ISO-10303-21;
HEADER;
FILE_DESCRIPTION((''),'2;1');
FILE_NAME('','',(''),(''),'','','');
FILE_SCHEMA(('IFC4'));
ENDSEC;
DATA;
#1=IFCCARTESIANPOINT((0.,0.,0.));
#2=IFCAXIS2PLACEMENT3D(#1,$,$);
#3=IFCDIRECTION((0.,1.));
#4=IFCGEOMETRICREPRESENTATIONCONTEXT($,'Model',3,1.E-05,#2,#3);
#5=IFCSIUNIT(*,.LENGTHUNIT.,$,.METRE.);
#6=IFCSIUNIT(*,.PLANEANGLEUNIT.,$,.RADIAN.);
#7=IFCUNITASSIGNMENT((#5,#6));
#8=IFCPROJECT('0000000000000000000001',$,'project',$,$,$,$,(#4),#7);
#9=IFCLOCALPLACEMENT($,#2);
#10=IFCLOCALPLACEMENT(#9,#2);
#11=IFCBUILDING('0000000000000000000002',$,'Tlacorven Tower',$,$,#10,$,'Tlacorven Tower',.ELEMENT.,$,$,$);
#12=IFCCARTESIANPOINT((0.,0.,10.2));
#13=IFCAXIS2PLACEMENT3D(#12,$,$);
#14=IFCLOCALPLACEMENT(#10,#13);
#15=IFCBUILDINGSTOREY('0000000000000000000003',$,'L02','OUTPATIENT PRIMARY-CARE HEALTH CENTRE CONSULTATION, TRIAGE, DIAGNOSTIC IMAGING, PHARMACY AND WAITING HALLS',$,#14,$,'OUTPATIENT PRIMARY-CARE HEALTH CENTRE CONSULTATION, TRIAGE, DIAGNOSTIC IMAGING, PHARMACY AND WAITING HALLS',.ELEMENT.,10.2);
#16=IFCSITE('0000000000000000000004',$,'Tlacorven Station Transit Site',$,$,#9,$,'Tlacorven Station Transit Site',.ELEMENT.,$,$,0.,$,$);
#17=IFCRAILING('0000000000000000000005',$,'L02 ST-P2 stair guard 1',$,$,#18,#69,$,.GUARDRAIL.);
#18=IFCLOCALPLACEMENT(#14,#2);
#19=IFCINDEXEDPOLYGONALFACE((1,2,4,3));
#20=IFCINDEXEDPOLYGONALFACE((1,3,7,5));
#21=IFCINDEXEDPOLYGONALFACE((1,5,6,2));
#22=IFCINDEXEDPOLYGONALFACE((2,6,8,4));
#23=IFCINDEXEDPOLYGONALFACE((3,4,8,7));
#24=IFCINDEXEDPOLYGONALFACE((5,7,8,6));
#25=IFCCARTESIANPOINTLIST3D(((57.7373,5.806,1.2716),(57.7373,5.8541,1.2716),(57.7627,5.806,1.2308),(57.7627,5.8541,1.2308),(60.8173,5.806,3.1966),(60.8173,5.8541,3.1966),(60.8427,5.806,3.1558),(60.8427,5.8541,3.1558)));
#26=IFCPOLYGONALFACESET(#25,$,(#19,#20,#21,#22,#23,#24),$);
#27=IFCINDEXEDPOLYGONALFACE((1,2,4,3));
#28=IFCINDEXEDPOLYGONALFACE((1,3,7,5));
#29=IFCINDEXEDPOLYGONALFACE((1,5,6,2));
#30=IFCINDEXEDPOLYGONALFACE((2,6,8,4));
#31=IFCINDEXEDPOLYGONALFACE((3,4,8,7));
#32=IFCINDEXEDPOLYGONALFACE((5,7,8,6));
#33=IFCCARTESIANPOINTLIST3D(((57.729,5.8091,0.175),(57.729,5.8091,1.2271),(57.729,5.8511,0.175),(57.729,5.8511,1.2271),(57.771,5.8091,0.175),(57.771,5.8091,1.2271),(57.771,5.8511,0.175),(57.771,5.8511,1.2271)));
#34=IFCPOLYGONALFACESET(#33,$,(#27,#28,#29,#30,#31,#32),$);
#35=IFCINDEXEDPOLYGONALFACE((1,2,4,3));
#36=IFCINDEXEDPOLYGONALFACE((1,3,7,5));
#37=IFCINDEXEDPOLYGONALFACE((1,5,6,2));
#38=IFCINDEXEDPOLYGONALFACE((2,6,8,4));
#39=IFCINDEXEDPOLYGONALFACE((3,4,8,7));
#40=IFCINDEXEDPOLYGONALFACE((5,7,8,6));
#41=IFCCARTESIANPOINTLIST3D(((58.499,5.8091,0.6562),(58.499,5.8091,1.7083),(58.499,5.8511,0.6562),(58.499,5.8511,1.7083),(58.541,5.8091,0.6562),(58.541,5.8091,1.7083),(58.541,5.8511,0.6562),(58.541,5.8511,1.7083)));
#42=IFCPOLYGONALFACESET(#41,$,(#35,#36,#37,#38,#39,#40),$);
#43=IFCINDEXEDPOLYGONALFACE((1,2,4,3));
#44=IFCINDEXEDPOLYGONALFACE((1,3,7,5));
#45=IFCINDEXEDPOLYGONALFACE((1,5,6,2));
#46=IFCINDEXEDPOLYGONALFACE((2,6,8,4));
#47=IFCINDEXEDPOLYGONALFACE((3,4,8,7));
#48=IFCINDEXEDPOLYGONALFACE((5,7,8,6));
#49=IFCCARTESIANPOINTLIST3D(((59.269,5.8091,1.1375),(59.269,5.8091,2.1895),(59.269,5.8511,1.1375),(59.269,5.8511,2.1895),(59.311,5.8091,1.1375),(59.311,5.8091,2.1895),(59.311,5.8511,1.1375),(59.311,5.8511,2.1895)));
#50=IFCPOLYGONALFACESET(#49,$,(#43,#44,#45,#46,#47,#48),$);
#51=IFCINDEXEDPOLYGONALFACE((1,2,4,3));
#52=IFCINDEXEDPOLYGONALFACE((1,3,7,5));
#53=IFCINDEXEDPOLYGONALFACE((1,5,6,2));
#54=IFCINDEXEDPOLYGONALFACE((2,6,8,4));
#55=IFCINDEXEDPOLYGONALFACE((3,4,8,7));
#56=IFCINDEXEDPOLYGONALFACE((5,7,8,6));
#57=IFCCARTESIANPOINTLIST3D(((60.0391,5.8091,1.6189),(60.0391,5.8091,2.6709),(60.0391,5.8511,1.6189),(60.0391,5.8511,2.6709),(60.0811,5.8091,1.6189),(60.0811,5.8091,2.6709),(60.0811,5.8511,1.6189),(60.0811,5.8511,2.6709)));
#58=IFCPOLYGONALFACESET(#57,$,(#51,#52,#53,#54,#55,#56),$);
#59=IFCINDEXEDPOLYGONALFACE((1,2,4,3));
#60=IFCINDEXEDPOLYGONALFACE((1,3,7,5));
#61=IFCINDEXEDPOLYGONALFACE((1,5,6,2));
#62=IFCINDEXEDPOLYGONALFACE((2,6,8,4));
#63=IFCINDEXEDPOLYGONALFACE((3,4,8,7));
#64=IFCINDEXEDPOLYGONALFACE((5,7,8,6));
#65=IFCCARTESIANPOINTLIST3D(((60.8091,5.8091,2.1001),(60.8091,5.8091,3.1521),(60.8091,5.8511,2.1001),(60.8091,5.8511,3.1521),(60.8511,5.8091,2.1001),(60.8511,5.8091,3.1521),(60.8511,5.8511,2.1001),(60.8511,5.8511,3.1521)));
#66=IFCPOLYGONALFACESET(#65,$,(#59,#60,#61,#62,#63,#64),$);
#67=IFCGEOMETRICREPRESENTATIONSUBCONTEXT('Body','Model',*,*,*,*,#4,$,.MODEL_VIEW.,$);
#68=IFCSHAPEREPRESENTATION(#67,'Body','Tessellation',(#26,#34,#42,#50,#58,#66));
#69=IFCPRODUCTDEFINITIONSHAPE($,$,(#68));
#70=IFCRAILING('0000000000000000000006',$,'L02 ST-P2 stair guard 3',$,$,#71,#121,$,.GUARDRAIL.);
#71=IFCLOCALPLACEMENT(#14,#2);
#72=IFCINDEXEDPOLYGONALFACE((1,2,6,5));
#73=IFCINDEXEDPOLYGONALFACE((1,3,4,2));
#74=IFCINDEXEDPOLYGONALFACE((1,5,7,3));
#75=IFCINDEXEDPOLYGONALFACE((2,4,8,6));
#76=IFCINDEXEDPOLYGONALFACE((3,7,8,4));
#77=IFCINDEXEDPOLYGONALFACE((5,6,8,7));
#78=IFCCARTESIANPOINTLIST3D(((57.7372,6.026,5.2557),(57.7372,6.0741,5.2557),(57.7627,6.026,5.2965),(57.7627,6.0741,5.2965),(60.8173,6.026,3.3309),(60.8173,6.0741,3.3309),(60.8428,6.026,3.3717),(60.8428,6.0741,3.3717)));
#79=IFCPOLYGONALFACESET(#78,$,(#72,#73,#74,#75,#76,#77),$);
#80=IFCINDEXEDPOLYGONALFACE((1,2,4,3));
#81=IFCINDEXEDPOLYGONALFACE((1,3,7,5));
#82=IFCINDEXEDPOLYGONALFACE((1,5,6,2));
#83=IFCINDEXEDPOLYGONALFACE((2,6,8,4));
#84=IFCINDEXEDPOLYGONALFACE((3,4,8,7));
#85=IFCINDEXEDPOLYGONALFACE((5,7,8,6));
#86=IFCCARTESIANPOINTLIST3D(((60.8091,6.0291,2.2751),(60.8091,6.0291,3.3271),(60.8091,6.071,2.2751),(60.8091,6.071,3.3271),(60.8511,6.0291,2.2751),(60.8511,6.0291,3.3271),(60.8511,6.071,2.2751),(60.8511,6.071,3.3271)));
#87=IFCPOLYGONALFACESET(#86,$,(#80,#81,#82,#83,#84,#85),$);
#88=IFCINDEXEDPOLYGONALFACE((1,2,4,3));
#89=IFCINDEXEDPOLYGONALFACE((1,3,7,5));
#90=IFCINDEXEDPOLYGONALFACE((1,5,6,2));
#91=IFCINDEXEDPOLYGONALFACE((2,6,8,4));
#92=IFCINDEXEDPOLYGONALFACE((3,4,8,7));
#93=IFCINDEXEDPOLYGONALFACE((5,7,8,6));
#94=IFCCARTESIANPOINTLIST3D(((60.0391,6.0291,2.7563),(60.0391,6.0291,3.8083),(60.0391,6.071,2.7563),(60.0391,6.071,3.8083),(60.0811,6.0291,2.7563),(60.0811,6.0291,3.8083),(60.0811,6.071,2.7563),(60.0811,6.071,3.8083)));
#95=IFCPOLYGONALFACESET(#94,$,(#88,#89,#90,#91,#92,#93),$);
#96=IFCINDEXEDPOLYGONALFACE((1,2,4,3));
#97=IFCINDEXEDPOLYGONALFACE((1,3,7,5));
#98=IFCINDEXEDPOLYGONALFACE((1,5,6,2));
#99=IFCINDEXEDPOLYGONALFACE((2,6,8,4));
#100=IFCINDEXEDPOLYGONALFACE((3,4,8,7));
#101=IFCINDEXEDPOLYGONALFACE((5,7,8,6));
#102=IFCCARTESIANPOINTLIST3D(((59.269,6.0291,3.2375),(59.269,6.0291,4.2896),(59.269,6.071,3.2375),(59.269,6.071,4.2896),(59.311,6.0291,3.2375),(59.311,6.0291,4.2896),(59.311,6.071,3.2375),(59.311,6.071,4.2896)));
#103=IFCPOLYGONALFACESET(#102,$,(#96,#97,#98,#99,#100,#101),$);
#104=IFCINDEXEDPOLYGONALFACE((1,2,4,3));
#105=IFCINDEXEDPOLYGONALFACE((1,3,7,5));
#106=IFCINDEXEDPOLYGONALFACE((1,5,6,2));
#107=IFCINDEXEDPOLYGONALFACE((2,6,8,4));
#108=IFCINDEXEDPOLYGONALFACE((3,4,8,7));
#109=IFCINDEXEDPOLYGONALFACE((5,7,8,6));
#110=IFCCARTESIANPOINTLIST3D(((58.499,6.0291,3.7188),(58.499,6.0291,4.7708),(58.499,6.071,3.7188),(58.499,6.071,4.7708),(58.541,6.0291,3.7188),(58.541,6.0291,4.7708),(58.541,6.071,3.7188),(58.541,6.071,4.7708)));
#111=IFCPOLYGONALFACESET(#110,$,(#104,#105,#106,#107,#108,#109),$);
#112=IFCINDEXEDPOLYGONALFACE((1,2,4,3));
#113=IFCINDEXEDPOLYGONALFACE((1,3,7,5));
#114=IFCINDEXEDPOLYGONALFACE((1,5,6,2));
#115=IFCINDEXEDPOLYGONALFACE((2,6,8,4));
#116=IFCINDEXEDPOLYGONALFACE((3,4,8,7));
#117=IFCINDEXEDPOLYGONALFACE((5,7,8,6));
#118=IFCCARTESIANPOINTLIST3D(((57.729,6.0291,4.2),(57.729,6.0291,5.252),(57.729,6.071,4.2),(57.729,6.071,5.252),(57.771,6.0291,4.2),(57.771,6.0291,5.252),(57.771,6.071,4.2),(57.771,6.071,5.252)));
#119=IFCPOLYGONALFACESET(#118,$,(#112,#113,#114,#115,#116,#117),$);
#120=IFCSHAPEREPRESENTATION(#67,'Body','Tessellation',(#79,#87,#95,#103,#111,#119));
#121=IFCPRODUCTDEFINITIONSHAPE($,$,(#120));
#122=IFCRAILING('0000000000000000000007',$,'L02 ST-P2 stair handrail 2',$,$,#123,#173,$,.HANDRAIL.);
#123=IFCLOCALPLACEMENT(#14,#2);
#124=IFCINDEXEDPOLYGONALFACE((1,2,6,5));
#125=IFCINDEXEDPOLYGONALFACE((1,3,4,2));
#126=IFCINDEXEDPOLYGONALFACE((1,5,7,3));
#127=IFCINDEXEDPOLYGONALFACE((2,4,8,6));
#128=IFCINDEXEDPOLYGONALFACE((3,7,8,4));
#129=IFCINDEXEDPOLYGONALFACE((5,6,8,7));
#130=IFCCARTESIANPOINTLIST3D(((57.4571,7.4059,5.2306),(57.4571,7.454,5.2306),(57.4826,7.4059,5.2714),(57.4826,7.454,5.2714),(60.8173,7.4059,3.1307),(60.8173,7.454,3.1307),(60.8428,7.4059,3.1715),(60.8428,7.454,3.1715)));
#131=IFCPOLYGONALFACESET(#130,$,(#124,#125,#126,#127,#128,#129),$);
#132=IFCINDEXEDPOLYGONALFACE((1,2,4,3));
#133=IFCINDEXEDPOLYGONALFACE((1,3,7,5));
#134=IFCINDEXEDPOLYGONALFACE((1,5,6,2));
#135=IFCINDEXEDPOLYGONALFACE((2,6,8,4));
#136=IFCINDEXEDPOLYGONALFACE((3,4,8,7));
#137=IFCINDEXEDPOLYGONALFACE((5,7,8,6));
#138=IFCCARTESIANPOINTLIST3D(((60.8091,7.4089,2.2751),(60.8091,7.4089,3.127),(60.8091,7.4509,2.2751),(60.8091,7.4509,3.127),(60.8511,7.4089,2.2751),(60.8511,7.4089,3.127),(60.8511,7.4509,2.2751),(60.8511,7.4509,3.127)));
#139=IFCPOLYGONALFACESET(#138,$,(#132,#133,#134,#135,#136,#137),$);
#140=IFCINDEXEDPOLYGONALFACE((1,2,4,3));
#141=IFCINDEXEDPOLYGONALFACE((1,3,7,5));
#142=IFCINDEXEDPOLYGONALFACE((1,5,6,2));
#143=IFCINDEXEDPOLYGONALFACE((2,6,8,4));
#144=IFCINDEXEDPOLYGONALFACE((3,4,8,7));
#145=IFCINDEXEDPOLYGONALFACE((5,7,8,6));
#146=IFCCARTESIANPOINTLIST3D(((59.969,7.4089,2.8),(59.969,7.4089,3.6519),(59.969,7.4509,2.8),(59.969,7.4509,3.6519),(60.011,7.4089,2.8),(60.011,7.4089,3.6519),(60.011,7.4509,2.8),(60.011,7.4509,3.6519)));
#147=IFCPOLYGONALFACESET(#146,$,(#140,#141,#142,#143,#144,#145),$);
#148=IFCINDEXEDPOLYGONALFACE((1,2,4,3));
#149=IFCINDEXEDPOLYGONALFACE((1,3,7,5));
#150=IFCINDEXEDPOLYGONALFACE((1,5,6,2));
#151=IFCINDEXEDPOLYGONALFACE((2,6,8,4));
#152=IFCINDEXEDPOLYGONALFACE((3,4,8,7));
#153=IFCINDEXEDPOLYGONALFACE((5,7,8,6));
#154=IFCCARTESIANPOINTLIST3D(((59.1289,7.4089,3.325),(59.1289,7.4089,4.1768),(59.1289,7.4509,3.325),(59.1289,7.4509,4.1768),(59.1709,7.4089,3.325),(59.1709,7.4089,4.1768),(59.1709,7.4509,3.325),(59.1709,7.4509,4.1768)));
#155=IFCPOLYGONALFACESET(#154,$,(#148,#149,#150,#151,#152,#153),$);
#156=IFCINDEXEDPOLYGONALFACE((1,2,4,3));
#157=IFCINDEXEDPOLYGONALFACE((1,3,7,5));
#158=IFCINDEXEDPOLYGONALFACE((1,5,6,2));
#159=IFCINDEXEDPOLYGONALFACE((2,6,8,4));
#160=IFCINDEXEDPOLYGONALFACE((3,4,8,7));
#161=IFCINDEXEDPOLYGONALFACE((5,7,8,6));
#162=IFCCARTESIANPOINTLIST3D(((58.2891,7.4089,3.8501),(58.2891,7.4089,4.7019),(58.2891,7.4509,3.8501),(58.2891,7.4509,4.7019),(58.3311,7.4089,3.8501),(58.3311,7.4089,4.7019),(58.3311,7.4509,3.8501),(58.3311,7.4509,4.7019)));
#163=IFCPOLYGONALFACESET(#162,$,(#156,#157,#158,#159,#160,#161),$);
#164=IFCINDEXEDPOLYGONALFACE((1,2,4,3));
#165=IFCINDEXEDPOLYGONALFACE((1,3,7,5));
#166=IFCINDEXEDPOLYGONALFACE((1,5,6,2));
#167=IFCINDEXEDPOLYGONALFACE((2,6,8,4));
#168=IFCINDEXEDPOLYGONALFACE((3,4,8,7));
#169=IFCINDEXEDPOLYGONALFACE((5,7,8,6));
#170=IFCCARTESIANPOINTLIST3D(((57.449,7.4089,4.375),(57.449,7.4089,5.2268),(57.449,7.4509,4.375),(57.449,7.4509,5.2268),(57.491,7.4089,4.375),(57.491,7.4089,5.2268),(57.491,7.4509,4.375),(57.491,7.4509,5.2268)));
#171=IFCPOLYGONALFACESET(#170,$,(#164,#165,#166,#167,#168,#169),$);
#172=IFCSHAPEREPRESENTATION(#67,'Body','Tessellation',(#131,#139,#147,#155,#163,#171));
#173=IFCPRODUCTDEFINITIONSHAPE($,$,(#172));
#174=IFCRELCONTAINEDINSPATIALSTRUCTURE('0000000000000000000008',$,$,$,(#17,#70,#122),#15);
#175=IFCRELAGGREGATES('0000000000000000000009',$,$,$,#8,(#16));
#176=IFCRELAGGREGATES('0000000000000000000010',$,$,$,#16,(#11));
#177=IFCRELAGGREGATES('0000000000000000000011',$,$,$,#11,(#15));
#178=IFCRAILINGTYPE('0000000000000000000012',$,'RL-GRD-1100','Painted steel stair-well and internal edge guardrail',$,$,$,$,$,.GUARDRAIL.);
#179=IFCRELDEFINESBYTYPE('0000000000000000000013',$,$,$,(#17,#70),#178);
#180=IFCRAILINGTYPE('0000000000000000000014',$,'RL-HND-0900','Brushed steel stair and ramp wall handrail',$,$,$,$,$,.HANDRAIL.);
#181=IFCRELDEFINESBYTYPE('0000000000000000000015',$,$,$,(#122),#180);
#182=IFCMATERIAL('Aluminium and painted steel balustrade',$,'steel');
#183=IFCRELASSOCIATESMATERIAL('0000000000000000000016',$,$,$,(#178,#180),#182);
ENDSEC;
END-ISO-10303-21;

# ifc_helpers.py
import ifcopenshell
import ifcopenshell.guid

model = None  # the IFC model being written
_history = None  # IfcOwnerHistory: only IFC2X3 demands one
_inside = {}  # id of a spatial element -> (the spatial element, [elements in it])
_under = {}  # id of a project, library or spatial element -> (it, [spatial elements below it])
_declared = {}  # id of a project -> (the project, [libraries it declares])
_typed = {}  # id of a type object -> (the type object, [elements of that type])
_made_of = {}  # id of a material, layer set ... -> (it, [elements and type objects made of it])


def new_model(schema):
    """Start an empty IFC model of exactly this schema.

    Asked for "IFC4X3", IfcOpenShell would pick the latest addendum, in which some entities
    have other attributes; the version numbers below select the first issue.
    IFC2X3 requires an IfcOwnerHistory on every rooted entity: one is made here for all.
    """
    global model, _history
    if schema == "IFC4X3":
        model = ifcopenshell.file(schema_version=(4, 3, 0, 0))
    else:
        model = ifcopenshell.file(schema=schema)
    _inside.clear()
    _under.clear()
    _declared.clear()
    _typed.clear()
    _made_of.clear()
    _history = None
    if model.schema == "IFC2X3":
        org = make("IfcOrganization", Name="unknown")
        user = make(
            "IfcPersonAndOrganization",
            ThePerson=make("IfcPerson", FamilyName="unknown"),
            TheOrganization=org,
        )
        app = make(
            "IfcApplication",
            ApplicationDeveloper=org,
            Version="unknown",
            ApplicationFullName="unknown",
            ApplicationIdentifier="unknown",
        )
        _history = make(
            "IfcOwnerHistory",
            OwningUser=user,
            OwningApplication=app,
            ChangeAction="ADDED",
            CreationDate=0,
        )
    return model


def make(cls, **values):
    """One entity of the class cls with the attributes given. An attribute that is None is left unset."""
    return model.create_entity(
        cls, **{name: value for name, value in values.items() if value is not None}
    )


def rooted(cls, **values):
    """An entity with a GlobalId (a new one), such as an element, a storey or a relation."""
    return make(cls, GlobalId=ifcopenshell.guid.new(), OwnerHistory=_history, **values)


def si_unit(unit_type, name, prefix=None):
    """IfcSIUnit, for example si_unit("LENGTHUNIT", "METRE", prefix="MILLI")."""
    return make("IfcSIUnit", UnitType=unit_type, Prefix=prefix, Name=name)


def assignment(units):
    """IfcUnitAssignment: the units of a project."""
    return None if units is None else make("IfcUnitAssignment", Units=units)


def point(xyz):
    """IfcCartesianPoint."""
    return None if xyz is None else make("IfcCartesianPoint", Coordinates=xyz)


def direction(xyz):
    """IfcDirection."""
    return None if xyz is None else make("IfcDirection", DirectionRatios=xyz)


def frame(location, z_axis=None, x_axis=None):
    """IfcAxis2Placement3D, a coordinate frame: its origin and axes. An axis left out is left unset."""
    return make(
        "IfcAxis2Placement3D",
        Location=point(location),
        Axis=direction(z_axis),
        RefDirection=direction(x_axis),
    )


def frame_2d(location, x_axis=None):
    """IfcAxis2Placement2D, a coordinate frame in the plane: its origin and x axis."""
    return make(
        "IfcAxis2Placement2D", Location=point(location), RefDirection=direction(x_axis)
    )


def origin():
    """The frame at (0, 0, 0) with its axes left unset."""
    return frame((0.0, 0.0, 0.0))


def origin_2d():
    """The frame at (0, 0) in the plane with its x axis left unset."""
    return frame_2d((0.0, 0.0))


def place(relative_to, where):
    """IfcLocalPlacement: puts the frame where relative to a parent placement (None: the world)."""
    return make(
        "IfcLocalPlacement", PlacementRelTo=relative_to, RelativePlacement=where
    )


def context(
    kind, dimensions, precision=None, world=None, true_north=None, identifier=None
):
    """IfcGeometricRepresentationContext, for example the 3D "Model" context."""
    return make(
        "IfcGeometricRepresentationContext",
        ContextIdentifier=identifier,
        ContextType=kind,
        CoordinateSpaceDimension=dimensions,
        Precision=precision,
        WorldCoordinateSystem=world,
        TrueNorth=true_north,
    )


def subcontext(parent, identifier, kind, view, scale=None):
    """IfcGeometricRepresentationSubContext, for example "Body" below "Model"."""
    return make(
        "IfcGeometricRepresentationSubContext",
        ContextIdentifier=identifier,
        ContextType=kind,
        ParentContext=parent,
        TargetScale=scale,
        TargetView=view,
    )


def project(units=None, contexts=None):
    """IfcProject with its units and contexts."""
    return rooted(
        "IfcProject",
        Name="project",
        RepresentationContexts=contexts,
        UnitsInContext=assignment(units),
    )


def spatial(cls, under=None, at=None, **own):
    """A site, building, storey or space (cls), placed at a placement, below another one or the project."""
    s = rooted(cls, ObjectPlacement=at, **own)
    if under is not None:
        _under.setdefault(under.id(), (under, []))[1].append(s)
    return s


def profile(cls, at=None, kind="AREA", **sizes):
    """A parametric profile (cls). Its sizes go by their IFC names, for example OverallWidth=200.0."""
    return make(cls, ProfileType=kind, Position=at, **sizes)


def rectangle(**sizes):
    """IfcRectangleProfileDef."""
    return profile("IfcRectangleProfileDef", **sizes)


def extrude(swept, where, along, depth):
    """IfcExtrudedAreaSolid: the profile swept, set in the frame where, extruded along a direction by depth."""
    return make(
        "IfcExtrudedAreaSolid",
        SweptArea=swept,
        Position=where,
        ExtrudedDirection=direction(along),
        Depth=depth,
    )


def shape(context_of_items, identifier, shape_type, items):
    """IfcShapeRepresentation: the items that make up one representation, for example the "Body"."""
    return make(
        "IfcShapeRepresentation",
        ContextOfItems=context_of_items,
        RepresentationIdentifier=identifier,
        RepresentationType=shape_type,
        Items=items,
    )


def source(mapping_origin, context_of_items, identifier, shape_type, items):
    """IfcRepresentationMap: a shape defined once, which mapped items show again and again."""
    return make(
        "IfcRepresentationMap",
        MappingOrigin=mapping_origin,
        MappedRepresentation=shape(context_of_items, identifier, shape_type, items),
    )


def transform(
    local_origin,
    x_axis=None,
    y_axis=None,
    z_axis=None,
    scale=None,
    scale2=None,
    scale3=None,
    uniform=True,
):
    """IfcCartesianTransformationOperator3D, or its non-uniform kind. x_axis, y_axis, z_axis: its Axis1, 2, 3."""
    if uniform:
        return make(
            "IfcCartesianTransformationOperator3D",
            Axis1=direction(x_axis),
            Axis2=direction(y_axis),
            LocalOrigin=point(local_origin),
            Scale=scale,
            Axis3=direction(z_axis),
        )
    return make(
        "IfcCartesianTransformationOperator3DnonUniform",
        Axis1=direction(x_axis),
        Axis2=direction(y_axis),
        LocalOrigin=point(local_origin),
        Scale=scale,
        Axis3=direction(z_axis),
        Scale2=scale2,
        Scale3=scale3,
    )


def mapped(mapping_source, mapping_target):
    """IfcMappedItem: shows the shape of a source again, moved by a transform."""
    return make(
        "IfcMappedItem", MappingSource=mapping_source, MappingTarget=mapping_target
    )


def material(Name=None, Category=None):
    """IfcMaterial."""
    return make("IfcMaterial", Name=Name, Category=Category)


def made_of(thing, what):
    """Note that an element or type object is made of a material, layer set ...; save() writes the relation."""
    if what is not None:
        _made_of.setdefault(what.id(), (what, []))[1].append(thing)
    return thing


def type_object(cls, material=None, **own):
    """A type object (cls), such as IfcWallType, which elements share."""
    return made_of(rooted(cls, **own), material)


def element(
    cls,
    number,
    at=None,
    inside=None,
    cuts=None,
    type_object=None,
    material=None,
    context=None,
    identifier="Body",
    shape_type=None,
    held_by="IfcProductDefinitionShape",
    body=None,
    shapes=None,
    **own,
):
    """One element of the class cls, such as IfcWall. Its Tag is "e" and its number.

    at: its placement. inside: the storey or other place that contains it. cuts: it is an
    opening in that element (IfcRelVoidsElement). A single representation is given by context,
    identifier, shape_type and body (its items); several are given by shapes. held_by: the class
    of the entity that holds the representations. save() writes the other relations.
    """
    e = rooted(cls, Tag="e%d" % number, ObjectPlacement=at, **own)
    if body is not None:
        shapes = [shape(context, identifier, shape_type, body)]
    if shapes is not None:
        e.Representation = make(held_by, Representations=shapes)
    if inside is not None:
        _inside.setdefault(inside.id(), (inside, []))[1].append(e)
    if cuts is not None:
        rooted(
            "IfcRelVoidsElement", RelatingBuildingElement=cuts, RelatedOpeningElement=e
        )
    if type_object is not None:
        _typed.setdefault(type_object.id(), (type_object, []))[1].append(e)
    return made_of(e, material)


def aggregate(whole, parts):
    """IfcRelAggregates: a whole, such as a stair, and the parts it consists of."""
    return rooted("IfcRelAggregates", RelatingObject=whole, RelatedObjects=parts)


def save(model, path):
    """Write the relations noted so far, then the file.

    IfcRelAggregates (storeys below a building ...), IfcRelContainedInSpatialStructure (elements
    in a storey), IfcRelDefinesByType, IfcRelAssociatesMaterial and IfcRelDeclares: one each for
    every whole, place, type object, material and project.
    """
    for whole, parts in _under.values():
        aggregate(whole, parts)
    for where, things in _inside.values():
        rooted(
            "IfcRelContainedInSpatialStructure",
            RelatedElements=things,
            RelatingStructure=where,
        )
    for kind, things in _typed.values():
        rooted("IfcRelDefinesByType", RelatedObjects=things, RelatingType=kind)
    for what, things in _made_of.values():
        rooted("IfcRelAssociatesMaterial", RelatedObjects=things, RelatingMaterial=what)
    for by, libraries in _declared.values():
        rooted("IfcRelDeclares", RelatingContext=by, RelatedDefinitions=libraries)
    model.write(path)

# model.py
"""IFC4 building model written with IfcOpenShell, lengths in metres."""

from ifc_helpers import new_model, si_unit, direction, frame, origin, origin_2d, place, context, subcontext, project, spatial, rectangle, extrude, source, transform, mapped, material, type_object, element, save


model = new_model("IFC4")

# Units and contexts
model_context = context("Model", 3, precision=1e-05, world=origin(), true_north=direction((0.0, 1.0)))
body_context = subcontext(model_context, "Body", "Model", "MODEL_VIEW")
ifc_project = project(units=[si_unit("LENGTHUNIT", "METRE"), si_unit("PLANEANGLEUNIT", "RADIAN")], contexts=[model_context])

# Site, building, storey
site_placement = place(None, origin())
site = spatial("IfcSite", under=ifc_project, at=site_placement, Name="Tlacorven Station Transit Site", LongName="Tlacorven Station Transit Site", CompositionType="ELEMENT", RefElevation=0.0)
building_placement = place(site_placement, origin())
building = spatial("IfcBuilding", under=site, at=building_placement, Name="Tlacorven Tower", LongName="Tlacorven Tower", CompositionType="ELEMENT")
storey_placement = place(building_placement, frame((0.0, 0.0, 10.2)))
storey = spatial("IfcBuildingStorey", under=building, at=storey_placement, Name="L02", Description="OUTPATIENT PRIMARY-CARE HEALTH CENTRE CONSULTATION, TRIAGE, DIAGNOSTIC IMAGING, PHARMACY AND WAITING HALLS", LongName="OUTPATIENT PRIMARY-CARE HEALTH CENTRE CONSULTATION, TRIAGE, DIAGNOSTIC IMAGING, PHARMACY AND WAITING HALLS", CompositionType="ELEMENT", Elevation=10.2)

# Railings
ifc_material_1 = material(Name="Aluminium and painted steel balustrade", Category="steel")
railing_type_1 = type_object("IfcRailingType", Name="RL-GRD-1100", Description="Painted steel stair-well and internal edge guardrail", PredefinedType="GUARDRAIL", material=ifc_material_1)
shared_shape_1 = source(origin(), body_context, "Body", "SweptSolid", [
    extrude(rectangle(XDim=0.0481, YDim=0.0481, at=origin_2d()), frame((0.0, 0.0, 1.0762), z_axis=(0.847998, 0.0, 0.529999), x_axis=(0.0, 1.0, 0.0)), (0.0, 0.0, 1.0), 3.6321),
    extrude(rectangle(XDim=0.042, YDim=0.042, at=origin_2d()), origin(), (0.0, 0.0, 1.0), 1.052),
    extrude(rectangle(XDim=0.042, YDim=0.042, at=origin_2d()), frame((0.77, 0.0, 0.4812)), (0.0, 0.0, 1.0), 1.052),
    extrude(rectangle(XDim=0.042, YDim=0.042, at=origin_2d()), frame((1.54, 0.0, 0.9624)), (0.0, 0.0, 1.0), 1.052),
    extrude(rectangle(XDim=0.042, YDim=0.042, at=origin_2d()), frame((2.3101, 0.0, 1.4438)), (0.0, 0.0, 1.0), 1.052),
    extrude(rectangle(XDim=0.042, YDim=0.042, at=origin_2d()), frame((3.0801, 0.0, 1.925)), (0.0, 0.0, 1.0), 1.052),
])
railing_1_placement = place(storey_placement, frame((57.75, 5.8301, 0.175)))
element("IfcRailing", 1, at=railing_1_placement, inside=storey, type_object=railing_type_1, Name="L02 ST-P2 stair guard 1", PredefinedType="GUARDRAIL", context=body_context, shape_type="MappedRepresentation", body=[
    mapped(shared_shape_1, transform((0.0, 0.0, 0.0), scale=1.0)),
])
shared_shape_2 = source(origin(), body_context, "Body", "SweptSolid", [
    extrude(rectangle(XDim=0.0481, YDim=0.0481, at=origin_2d()), frame((0.0, 0.0, 1.0762), z_axis=(-0.848029, 0.0, 0.529951), x_axis=(0.0, -1.0, 0.0)), (0.0, 0.0, 1.0), 3.6321),
    extrude(rectangle(XDim=0.042, YDim=0.042, at=origin_2d()), origin(), (0.0, 0.0, 1.0), 1.052),
    extrude(rectangle(XDim=0.042, YDim=0.042, at=origin_2d()), frame((-0.77, 0.0, 0.4812)), (0.0, 0.0, 1.0), 1.052),
    extrude(rectangle(XDim=0.042, YDim=0.042, at=origin_2d()), frame((-1.54, 0.0, 0.9624)), (0.0, 0.0, 1.0), 1.052),
    extrude(rectangle(XDim=0.042, YDim=0.042, at=origin_2d()), frame((-2.3101, 0.0, 1.4436)), (0.0, 0.0, 1.0), 1.052),
    extrude(rectangle(XDim=0.042, YDim=0.042, at=origin_2d()), frame((-3.0801, 0.0, 1.9248)), (0.0, 0.0, 1.0), 1.052),
])
railing_2_placement = place(storey_placement, frame((60.8301, 6.05, 2.2751)))
element("IfcRailing", 2, at=railing_2_placement, inside=storey, type_object=railing_type_1, Name="L02 ST-P2 stair guard 3", PredefinedType="GUARDRAIL", context=body_context, shape_type="MappedRepresentation", body=[
    mapped(shared_shape_2, transform((0.0, 0.0, 0.0), scale=1.0)),
])
railing_type_2 = type_object("IfcRailingType", Name="RL-HND-0900", Description="Brushed steel stair and ramp wall handrail", PredefinedType="HANDRAIL", material=ifc_material_1)
shared_shape_3 = source(origin(), body_context, "Body", "SweptSolid", [
    extrude(rectangle(XDim=0.0481, YDim=0.0481, at=origin_2d()), frame((0.0, 0.0, 0.876), z_axis=(-0.848023, 0.0, 0.52996), x_axis=(0.0, -1.0, 0.0)), (0.0, 0.0, 1.0), 3.9624),
    extrude(rectangle(XDim=0.042, YDim=0.042, at=origin_2d()), origin(), (0.0, 0.0, 1.0), 0.8518),
    extrude(rectangle(XDim=0.042, YDim=0.042, at=origin_2d()), frame((-0.8401, 0.0, 0.5249)), (0.0, 0.0, 1.0), 0.8518),
    extrude(rectangle(XDim=0.042, YDim=0.042, at=origin_2d()), frame((-1.6802, 0.0, 1.0498)), (0.0, 0.0, 1.0), 0.8518),
    extrude(rectangle(XDim=0.042, YDim=0.042, at=origin_2d()), frame((-2.52, 0.0, 1.575)), (0.0, 0.0, 1.0), 0.8518),
    extrude(rectangle(XDim=0.042, YDim=0.042, at=origin_2d()), frame((-3.3601, 0.0, 2.0999)), (0.0, 0.0, 1.0), 0.8518),
])
railing_3_placement = place(storey_placement, frame((60.8301, 7.4299, 2.2751)))
element("IfcRailing", 3, at=railing_3_placement, inside=storey, type_object=railing_type_2, Name="L02 ST-P2 stair handrail 2", PredefinedType="HANDRAIL", context=body_context, shape_type="MappedRepresentation", body=[
    mapped(shared_shape_3, transform((0.0, 0.0, 0.0), scale=1.0)),
])

save(model, "model.ifc")
